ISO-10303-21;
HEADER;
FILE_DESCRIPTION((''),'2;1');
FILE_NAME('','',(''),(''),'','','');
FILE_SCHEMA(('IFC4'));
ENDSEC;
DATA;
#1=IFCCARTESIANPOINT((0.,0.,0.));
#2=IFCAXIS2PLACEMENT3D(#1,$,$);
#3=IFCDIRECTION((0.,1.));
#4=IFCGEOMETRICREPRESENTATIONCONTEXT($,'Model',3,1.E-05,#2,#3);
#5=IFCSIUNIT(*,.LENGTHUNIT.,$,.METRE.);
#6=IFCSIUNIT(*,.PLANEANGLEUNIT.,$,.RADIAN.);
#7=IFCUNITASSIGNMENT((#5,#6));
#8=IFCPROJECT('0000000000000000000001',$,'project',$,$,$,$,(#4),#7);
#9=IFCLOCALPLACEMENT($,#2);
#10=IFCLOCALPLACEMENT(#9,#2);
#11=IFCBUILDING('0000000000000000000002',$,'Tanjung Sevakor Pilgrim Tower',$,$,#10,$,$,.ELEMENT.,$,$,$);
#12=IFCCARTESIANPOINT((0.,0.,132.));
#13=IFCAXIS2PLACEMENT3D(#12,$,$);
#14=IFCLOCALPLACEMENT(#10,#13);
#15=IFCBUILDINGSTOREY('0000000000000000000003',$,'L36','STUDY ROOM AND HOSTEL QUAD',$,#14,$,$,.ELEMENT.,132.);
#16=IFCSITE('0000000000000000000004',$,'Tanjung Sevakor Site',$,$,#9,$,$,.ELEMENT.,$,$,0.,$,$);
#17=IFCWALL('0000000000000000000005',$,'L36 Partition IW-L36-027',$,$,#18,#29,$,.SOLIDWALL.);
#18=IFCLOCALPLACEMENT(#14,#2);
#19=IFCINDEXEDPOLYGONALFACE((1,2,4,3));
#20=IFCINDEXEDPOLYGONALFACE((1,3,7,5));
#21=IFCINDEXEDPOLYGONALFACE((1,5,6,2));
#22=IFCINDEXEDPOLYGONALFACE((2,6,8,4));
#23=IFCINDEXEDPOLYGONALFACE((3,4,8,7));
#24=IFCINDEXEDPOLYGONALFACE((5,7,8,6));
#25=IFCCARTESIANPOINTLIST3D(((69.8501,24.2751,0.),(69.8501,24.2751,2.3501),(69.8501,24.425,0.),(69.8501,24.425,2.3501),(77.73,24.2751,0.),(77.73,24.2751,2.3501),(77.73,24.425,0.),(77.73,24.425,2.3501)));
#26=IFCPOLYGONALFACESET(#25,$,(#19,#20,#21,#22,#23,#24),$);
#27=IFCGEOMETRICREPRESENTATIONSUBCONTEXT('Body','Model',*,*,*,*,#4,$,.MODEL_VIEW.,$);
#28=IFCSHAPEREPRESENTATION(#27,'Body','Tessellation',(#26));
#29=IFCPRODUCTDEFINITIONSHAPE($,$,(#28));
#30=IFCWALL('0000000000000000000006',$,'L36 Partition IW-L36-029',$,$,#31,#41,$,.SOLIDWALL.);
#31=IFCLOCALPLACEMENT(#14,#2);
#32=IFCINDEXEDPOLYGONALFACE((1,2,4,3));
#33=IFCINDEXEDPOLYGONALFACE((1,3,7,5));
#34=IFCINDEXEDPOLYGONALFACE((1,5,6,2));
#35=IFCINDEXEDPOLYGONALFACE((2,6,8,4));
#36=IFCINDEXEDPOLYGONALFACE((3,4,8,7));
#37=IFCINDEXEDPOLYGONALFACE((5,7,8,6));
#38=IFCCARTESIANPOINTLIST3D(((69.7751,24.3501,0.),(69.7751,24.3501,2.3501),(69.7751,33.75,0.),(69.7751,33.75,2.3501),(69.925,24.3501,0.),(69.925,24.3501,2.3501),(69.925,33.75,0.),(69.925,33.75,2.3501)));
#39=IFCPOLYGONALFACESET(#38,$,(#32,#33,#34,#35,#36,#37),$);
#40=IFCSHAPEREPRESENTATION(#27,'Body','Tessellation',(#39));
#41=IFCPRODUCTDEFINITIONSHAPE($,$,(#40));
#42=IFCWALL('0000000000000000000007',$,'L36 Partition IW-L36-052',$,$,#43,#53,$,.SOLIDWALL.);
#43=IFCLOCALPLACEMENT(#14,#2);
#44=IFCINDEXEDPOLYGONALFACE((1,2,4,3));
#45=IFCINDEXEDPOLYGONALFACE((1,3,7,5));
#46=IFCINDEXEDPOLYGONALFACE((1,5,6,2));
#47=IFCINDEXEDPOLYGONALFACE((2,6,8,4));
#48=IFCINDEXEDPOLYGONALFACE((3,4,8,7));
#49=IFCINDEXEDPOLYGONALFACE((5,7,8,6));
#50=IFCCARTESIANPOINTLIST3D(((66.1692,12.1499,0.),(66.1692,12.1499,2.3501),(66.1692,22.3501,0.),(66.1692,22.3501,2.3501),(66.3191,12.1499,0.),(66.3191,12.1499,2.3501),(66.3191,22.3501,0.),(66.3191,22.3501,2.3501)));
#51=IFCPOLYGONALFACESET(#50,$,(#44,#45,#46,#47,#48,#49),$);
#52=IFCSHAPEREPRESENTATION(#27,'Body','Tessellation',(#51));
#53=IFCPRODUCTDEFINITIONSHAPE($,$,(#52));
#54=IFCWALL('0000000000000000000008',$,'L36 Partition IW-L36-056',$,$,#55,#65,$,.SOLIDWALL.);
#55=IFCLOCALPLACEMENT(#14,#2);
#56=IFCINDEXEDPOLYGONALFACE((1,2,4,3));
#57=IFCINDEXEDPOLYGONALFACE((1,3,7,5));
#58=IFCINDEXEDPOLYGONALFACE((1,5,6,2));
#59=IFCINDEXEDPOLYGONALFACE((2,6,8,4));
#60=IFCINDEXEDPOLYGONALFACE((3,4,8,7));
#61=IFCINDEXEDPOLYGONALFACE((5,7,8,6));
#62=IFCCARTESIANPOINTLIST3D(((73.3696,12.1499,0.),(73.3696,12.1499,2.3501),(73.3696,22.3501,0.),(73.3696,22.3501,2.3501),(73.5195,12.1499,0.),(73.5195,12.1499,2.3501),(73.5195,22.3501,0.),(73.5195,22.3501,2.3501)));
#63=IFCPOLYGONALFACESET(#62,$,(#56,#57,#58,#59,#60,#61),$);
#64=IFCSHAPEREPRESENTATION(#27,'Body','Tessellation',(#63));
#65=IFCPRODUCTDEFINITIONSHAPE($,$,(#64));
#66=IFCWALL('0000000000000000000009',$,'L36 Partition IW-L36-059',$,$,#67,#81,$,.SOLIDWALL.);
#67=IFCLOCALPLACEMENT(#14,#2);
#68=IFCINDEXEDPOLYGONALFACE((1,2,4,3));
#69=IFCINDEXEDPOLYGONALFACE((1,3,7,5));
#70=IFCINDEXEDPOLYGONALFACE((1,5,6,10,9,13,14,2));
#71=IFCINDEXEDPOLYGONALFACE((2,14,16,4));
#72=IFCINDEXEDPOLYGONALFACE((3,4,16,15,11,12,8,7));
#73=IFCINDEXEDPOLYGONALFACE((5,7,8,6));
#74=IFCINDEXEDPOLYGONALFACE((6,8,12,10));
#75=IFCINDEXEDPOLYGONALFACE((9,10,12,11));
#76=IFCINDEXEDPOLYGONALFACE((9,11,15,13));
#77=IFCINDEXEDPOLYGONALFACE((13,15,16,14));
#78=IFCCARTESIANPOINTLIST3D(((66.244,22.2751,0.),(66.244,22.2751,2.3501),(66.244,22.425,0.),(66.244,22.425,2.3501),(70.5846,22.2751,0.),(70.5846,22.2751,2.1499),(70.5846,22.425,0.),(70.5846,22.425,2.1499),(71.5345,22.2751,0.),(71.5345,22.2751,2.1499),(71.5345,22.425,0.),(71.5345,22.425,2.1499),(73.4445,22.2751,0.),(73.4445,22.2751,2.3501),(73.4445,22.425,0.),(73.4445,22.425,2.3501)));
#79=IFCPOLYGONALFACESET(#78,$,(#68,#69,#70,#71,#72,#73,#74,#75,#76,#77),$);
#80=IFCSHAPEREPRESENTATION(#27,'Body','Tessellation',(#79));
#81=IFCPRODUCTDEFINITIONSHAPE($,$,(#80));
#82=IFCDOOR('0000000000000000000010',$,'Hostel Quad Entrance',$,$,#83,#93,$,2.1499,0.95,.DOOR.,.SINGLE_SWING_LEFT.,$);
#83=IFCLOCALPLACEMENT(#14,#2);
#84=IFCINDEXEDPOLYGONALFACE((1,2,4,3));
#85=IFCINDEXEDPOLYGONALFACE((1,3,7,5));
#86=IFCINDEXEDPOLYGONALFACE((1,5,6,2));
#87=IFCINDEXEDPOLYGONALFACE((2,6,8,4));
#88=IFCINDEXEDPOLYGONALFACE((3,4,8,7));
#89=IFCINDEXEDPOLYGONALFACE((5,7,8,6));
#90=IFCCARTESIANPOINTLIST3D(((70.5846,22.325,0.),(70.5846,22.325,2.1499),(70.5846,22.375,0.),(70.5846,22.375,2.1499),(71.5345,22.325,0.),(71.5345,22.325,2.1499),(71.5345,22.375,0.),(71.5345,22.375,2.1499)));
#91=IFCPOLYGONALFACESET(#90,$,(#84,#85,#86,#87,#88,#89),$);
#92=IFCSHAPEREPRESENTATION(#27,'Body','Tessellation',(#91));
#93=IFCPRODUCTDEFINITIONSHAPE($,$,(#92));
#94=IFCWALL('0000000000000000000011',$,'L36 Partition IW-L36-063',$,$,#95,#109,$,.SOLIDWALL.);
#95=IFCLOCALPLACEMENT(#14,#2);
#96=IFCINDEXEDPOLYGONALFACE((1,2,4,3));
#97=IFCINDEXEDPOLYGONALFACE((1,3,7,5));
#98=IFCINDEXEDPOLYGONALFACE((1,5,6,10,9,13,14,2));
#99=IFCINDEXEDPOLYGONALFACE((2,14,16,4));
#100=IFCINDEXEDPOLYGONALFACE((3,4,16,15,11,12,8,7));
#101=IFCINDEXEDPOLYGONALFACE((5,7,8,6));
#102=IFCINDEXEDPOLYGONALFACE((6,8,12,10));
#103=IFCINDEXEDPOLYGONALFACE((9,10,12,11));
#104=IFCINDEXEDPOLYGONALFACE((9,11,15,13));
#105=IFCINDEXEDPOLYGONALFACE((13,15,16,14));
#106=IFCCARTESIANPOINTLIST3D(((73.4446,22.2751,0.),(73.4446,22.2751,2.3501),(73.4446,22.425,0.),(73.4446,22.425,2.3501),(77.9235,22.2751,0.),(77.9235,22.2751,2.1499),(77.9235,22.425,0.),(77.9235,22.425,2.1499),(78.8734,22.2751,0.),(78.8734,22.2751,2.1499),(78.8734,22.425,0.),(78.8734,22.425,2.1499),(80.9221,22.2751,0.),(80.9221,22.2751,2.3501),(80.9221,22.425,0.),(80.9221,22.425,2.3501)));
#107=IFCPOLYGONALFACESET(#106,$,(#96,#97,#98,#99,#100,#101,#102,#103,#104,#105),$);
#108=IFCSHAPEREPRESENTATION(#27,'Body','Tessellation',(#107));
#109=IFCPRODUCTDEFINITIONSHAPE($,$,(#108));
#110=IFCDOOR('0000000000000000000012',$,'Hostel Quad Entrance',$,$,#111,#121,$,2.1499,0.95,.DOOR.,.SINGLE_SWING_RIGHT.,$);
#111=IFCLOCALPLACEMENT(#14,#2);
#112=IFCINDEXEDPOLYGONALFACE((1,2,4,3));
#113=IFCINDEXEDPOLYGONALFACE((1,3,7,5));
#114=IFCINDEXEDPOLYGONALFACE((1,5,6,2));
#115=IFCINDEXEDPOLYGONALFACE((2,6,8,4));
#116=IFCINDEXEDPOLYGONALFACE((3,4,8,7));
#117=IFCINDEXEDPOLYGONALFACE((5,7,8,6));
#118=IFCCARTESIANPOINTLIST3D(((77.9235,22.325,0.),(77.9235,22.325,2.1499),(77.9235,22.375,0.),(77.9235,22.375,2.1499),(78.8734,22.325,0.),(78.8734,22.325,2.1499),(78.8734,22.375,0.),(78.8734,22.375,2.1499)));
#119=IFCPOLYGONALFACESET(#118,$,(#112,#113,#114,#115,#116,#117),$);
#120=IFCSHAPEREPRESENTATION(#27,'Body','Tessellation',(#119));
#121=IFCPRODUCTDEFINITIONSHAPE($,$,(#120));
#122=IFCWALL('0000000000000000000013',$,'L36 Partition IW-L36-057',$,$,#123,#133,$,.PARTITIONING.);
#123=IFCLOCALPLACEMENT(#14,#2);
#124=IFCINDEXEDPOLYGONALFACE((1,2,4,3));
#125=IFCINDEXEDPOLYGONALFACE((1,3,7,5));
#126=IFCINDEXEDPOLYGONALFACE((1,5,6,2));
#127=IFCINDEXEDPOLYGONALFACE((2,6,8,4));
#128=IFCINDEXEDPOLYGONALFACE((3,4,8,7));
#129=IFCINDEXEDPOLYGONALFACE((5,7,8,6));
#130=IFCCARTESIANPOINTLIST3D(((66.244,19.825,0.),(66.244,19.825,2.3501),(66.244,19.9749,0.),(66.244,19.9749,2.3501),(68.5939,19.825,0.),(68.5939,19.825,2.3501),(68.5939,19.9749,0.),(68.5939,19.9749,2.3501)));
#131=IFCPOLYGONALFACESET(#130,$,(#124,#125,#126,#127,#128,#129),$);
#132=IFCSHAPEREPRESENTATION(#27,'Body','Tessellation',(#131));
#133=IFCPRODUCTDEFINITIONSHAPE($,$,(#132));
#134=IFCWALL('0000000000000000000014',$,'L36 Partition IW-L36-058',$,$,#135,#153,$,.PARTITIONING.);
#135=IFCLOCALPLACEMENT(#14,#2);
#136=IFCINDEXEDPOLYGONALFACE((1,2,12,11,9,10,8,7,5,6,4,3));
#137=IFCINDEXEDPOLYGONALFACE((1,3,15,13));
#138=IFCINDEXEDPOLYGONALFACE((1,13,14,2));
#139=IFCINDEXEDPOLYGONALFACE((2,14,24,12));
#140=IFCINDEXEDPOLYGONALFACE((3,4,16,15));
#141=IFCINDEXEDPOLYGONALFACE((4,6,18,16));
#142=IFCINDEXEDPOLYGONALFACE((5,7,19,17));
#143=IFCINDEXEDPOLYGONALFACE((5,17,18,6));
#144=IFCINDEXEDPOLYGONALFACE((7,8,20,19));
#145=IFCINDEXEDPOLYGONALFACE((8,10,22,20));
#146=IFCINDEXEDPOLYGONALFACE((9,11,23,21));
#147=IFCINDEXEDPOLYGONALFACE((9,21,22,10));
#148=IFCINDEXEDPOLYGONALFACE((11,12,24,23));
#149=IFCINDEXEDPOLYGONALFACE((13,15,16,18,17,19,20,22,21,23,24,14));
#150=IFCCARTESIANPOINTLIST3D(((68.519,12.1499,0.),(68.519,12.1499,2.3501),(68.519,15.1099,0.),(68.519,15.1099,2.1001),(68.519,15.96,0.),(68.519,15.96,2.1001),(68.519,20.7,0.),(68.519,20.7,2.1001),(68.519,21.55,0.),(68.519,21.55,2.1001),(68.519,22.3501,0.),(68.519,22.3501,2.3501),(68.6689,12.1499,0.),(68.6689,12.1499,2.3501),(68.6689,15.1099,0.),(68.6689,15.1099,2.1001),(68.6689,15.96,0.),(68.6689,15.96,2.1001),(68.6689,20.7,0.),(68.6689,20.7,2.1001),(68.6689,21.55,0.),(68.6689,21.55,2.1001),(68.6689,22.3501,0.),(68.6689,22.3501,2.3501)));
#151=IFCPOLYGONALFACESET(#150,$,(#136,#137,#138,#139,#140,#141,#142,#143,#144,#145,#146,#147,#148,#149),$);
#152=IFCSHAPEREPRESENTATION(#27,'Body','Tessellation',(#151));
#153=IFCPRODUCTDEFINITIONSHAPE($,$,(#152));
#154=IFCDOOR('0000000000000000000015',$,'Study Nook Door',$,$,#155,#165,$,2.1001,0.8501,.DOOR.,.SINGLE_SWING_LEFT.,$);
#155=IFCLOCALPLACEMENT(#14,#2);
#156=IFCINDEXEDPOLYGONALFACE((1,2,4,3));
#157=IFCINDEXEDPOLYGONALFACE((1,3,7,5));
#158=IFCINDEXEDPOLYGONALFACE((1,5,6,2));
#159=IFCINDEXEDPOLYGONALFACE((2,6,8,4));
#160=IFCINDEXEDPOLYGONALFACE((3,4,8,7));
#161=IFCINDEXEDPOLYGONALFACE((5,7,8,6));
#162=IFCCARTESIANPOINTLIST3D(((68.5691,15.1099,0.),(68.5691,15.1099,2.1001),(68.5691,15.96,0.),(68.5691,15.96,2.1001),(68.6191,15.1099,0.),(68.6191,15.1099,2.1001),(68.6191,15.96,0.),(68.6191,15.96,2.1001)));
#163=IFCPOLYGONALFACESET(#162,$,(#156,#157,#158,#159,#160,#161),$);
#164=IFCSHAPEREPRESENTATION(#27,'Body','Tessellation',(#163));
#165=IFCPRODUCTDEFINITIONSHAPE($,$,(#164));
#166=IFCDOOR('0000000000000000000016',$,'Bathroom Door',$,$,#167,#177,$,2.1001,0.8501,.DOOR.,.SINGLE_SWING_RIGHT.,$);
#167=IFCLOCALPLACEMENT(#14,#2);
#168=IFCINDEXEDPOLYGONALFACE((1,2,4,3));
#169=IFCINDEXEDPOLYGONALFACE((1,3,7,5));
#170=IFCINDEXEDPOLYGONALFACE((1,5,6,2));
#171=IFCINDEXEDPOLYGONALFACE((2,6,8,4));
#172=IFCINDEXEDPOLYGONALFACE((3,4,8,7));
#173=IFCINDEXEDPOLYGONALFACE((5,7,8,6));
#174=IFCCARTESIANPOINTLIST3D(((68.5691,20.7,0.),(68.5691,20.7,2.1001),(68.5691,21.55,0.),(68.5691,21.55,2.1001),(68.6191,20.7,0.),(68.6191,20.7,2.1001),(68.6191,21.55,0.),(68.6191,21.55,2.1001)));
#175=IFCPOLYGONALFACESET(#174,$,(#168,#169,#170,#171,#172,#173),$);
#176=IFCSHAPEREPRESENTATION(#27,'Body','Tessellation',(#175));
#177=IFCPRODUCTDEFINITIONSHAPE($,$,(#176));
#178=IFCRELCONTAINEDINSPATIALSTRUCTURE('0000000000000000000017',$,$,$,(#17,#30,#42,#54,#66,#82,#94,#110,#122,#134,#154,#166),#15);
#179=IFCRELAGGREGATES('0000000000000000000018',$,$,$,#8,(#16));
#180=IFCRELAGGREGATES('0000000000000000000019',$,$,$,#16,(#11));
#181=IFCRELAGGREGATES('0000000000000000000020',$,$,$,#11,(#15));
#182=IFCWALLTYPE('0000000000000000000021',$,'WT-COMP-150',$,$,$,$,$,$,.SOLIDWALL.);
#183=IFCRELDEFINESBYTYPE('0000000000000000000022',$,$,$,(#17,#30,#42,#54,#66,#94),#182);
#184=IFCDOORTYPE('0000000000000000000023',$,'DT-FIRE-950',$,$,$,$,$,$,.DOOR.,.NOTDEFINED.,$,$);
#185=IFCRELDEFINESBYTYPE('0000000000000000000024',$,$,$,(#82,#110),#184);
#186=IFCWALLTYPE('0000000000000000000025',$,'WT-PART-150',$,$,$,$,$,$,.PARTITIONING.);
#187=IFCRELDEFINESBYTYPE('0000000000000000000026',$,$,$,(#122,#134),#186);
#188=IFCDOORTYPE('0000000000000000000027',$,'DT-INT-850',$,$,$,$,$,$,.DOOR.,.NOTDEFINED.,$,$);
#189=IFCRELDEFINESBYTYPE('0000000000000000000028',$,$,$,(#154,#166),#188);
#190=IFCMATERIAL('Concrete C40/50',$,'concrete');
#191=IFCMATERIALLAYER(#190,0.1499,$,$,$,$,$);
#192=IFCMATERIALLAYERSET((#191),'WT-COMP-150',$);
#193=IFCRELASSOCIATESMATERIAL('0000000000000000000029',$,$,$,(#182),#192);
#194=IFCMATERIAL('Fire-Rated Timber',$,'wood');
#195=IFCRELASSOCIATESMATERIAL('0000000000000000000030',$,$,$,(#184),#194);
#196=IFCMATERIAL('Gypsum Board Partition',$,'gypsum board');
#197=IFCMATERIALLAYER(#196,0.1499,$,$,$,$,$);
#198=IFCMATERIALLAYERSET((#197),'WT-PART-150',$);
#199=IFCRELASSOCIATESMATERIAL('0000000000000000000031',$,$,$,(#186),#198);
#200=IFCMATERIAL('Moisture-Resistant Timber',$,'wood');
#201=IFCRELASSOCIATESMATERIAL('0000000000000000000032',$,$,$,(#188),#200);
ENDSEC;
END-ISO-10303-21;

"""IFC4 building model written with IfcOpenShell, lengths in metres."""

from ifc_helpers import new_model, si_unit, direction, frame, frame_2d, origin, place, context, subcontext, project, spatial, rectangle, extrude, material, layer, layer_set, type_object, element, fill, save


model = new_model("IFC4")

# Units and contexts
model_context = context("Model", 3, precision=1e-05, world=origin(), true_north=direction((0.0, 1.0)))
body_context = subcontext(model_context, "Body", "Model", "MODEL_VIEW")
ifc_project = project(units=[si_unit("LENGTHUNIT", "METRE"), si_unit("PLANEANGLEUNIT", "RADIAN")], contexts=[model_context])

# Site, building, storey
site_placement = place(None, origin())
site = spatial("IfcSite", under=ifc_project, at=site_placement, Name="Tanjung Sevakor Site", CompositionType="ELEMENT", RefElevation=0.0)
building_placement = place(site_placement, origin())
building = spatial("IfcBuilding", under=site, at=building_placement, Name="Tanjung Sevakor Pilgrim Tower", CompositionType="ELEMENT")
storey_placement = place(building_placement, frame((0.0, 0.0, 132.0)))
storey = spatial("IfcBuildingStorey", under=building, at=storey_placement, Name="L36", Description="STUDY ROOM AND HOSTEL QUAD", CompositionType="ELEMENT", Elevation=132.0)

# Walls
ifc_material_1 = material(Name="Concrete C40/50", Category="concrete")
ifc_layer_1 = layer(ifc_material_1, 0.1499)
ifc_layer_set_1 = layer_set([ifc_layer_1], Name="WT-COMP-150")
wall_type_1 = type_object("IfcWallType", Name="WT-COMP-150", PredefinedType="SOLIDWALL", material=ifc_layer_set_1)
wall_1_placement = place(storey_placement, frame((69.8501, 24.3501, 0.0), z_axis=(0.0, 0.0, 1.0), x_axis=(1.0, 0.0, 0.0)))
element("IfcWall", 1, at=wall_1_placement, inside=storey, type_object=wall_type_1, Name="L36 Partition IW-L36-027", PredefinedType="SOLIDWALL", context=body_context, shape_type="SweptSolid", body=[
    extrude(rectangle(XDim=7.8799, YDim=0.1499, at=frame_2d((3.9399, 0.0))), origin(), (0.0, 0.0, 1.0), 2.3501),
])
wall_2_placement = place(storey_placement, frame((69.8501, 24.3501, 0.0), z_axis=(0.0, 0.0, 1.0), x_axis=(0.0, 1.0, 0.0)))
element("IfcWall", 2, at=wall_2_placement, inside=storey, type_object=wall_type_1, Name="L36 Partition IW-L36-029", PredefinedType="SOLIDWALL", context=body_context, shape_type="SweptSolid", body=[
    extrude(rectangle(XDim=9.3999, YDim=0.1499, at=frame_2d((4.7, 0.0))), origin(), (0.0, 0.0, 1.0), 2.3501),
])
for number, where, z_axis, x_axis, name in (
    (3, (66.2441, 12.1499, 0.0), (0.0, 0.0, 1.0), (0.0, 1.0, 0.0), "L36 Partition IW-L36-052"),
    (4, (73.4446, 12.1499, 0.0), (0.0, 0.0, 1.0), (0.0, 1.0, 0.0), "L36 Partition IW-L36-056"),
):
    element("IfcWall", number, at=place(storey_placement, frame(where, z_axis=z_axis, x_axis=x_axis)), inside=storey, type_object=wall_type_1, Name=name, PredefinedType="SOLIDWALL", context=body_context, shape_type="SweptSolid", body=[
        extrude(rectangle(XDim=10.2002, YDim=0.1499, at=frame_2d((5.1001, 0.0))), origin(), (0.0, 0.0, 1.0), 2.3501),
    ])

# Walls, openings, doors
wall_3_placement = place(storey_placement, frame((66.2441, 22.3501, 0.0), z_axis=(0.0, 0.0, 1.0), x_axis=(1.0, 0.0, 0.0)))
wall_3 = element("IfcWall", 5, at=wall_3_placement, inside=storey, type_object=wall_type_1, Name="L36 Partition IW-L36-059", PredefinedType="SOLIDWALL", context=body_context, shape_type="SweptSolid", body=[
    extrude(rectangle(XDim=7.2004, YDim=0.1499, at=frame_2d((3.6001, 0.0))), origin(), (0.0, 0.0, 1.0), 2.3501),
])
opening_1_placement = place(wall_3_placement, frame((4.3403, 0.0, 0.0)))
opening_1 = element("IfcOpeningElement", 6, at=opening_1_placement, cuts=wall_3, PredefinedType="OPENING", context=body_context, shape_type="SweptSolid", body=[
    extrude(rectangle(XDim=0.95, YDim=2.1499, at=frame_2d((0.4751, 1.075))), frame((0.0, 0.085, 0.0), z_axis=(0.0, -1.0, 0.0), x_axis=(1.0, 0.0, 0.0)), (0.0, 0.0, 1.0), 0.1699),
])
ifc_material_2 = material(Name="Fire-Rated Timber", Category="wood")
door_type_1 = type_object("IfcDoorType", Name="DT-FIRE-950", OperationType="NOTDEFINED", PredefinedType="DOOR", material=ifc_material_2)
door_1_placement = place(opening_1_placement, origin())
door_1 = element("IfcDoor", 7, at=door_1_placement, inside=storey, type_object=door_type_1, Name="Hostel Quad Entrance", OperationType="SINGLE_SWING_LEFT", OverallHeight=2.1499, OverallWidth=0.95, PredefinedType="DOOR", context=body_context, shape_type="SweptSolid", body=[
    extrude(rectangle(XDim=0.95, YDim=2.1499, at=frame_2d((0.4751, 1.075))), frame((0.0, 0.0249, 0.0), z_axis=(0.0, -1.0, 0.0), x_axis=(1.0, 0.0, 0.0)), (0.0, 0.0, 1.0), 0.05),
])
fill(opening_1, door_1)
wall_4_placement = place(storey_placement, frame((73.4446, 22.3501, 0.0), z_axis=(0.0, 0.0, 1.0), x_axis=(1.0, 0.0, 0.0)))
wall_4 = element("IfcWall", 8, at=wall_4_placement, inside=storey, type_object=wall_type_1, Name="L36 Partition IW-L36-063", PredefinedType="SOLIDWALL", context=body_context, shape_type="SweptSolid", body=[
    extrude(rectangle(XDim=7.4775, YDim=0.1499, at=frame_2d((3.7388, 0.0))), origin(), (0.0, 0.0, 1.0), 2.3501),
])
opening_2_placement = place(wall_4_placement, frame((4.4788, 0.0, 0.0)))
opening_2 = element("IfcOpeningElement", 9, at=opening_2_placement, cuts=wall_4, PredefinedType="OPENING", context=body_context, shape_type="SweptSolid", body=[
    extrude(rectangle(XDim=0.95, YDim=2.1499, at=frame_2d((0.4751, 1.075))), frame((0.0, 0.085, 0.0), z_axis=(0.0, -1.0, 0.0), x_axis=(1.0, 0.0, 0.0)), (0.0, 0.0, 1.0), 0.1699),
])
door_2_placement = place(opening_2_placement, origin())
door_2 = element("IfcDoor", 10, at=door_2_placement, inside=storey, type_object=door_type_1, Name="Hostel Quad Entrance", OperationType="SINGLE_SWING_RIGHT", OverallHeight=2.1499, OverallWidth=0.95, PredefinedType="DOOR", context=body_context, shape_type="SweptSolid", body=[
    extrude(rectangle(XDim=0.95, YDim=2.1499, at=frame_2d((0.4751, 1.075))), frame((0.0, 0.0249, 0.0), z_axis=(0.0, -1.0, 0.0), x_axis=(1.0, 0.0, 0.0)), (0.0, 0.0, 1.0), 0.05),
])
fill(opening_2, door_2)

# Wall
ifc_material_3 = material(Name="Gypsum Board Partition", Category="gypsum board")
ifc_layer_2 = layer(ifc_material_3, 0.1499)
ifc_layer_set_2 = layer_set([ifc_layer_2], Name="WT-PART-150")
wall_type_2 = type_object("IfcWallType", Name="WT-PART-150", PredefinedType="PARTITIONING", material=ifc_layer_set_2)
wall_5_placement = place(storey_placement, frame((66.2441, 19.8999, 0.0), z_axis=(0.0, 0.0, 1.0), x_axis=(1.0, 0.0, 0.0)))
element("IfcWall", 11, at=wall_5_placement, inside=storey, type_object=wall_type_2, Name="L36 Partition IW-L36-057", PredefinedType="PARTITIONING", context=body_context, shape_type="SweptSolid", body=[
    extrude(rectangle(XDim=2.3499, YDim=0.1499, at=frame_2d((1.1748, 0.0))), origin(), (0.0, 0.0, 1.0), 2.3501),
])

# Wall, openings, doors
wall_6_placement = place(storey_placement, frame((68.594, 12.1499, 0.0), z_axis=(0.0, 0.0, 1.0), x_axis=(0.0, 1.0, 0.0)))
wall_6 = element("IfcWall", 12, at=wall_6_placement, inside=storey, type_object=wall_type_2, Name="L36 Partition IW-L36-058", PredefinedType="PARTITIONING", context=body_context, shape_type="SweptSolid", body=[
    extrude(rectangle(XDim=10.2002, YDim=0.1499, at=frame_2d((5.1001, 0.0))), origin(), (0.0, 0.0, 1.0), 2.3501),
])
opening_3_placement = place(wall_6_placement, frame((2.96, 0.0, 0.0)))
opening_3 = element("IfcOpeningElement", 13, at=opening_3_placement, cuts=wall_6, PredefinedType="OPENING", context=body_context, shape_type="SweptSolid", body=[
    extrude(rectangle(XDim=0.8501, YDim=2.1001, at=frame_2d((0.425, 1.05))), frame((0.0, 0.085, 0.0), z_axis=(0.0, -1.0, 0.0), x_axis=(1.0, 0.0, 0.0)), (0.0, 0.0, 1.0), 0.1699),
])
opening_4_placement = place(wall_6_placement, frame((8.55, 0.0, 0.0)))
opening_4 = element("IfcOpeningElement", 14, at=opening_4_placement, cuts=wall_6, PredefinedType="OPENING", context=body_context, shape_type="SweptSolid", body=[
    extrude(rectangle(XDim=0.8501, YDim=2.1001, at=frame_2d((0.425, 1.05))), frame((0.0, 0.085, 0.0), z_axis=(0.0, -1.0, 0.0), x_axis=(1.0, 0.0, 0.0)), (0.0, 0.0, 1.0), 0.1699),
])
ifc_material_4 = material(Name="Moisture-Resistant Timber", Category="wood")
door_type_2 = type_object("IfcDoorType", Name="DT-INT-850", OperationType="NOTDEFINED", PredefinedType="DOOR", material=ifc_material_4)
door_3_placement = place(opening_3_placement, origin())
door_3 = element("IfcDoor", 15, at=door_3_placement, inside=storey, type_object=door_type_2, Name="Study Nook Door", OperationType="SINGLE_SWING_LEFT", OverallHeight=2.1001, OverallWidth=0.8501, PredefinedType="DOOR", context=body_context, shape_type="SweptSolid", body=[
    extrude(rectangle(XDim=0.8501, YDim=2.1001, at=frame_2d((0.425, 1.05))), frame((0.0, 0.0249, 0.0), z_axis=(0.0, -1.0, 0.0), x_axis=(1.0, 0.0, 0.0)), (0.0, 0.0, 1.0), 0.05),
])
fill(opening_3, door_3)
door_4_placement = place(opening_4_placement, origin())
door_4 = element("IfcDoor", 16, at=door_4_placement, inside=storey, type_object=door_type_2, Name="Bathroom Door", OperationType="SINGLE_SWING_RIGHT", OverallHeight=2.1001, OverallWidth=0.8501, PredefinedType="DOOR", context=body_context, shape_type="SweptSolid", body=[
    extrude(rectangle(XDim=0.8501, YDim=2.1001, at=frame_2d((0.425, 1.05))), frame((0.0, 0.0249, 0.0), z_axis=(0.0, -1.0, 0.0), x_axis=(1.0, 0.0, 0.0)), (0.0, 0.0, 1.0), 0.05),
])
fill(opening_4, door_4)

save(model, "model.ifc")
